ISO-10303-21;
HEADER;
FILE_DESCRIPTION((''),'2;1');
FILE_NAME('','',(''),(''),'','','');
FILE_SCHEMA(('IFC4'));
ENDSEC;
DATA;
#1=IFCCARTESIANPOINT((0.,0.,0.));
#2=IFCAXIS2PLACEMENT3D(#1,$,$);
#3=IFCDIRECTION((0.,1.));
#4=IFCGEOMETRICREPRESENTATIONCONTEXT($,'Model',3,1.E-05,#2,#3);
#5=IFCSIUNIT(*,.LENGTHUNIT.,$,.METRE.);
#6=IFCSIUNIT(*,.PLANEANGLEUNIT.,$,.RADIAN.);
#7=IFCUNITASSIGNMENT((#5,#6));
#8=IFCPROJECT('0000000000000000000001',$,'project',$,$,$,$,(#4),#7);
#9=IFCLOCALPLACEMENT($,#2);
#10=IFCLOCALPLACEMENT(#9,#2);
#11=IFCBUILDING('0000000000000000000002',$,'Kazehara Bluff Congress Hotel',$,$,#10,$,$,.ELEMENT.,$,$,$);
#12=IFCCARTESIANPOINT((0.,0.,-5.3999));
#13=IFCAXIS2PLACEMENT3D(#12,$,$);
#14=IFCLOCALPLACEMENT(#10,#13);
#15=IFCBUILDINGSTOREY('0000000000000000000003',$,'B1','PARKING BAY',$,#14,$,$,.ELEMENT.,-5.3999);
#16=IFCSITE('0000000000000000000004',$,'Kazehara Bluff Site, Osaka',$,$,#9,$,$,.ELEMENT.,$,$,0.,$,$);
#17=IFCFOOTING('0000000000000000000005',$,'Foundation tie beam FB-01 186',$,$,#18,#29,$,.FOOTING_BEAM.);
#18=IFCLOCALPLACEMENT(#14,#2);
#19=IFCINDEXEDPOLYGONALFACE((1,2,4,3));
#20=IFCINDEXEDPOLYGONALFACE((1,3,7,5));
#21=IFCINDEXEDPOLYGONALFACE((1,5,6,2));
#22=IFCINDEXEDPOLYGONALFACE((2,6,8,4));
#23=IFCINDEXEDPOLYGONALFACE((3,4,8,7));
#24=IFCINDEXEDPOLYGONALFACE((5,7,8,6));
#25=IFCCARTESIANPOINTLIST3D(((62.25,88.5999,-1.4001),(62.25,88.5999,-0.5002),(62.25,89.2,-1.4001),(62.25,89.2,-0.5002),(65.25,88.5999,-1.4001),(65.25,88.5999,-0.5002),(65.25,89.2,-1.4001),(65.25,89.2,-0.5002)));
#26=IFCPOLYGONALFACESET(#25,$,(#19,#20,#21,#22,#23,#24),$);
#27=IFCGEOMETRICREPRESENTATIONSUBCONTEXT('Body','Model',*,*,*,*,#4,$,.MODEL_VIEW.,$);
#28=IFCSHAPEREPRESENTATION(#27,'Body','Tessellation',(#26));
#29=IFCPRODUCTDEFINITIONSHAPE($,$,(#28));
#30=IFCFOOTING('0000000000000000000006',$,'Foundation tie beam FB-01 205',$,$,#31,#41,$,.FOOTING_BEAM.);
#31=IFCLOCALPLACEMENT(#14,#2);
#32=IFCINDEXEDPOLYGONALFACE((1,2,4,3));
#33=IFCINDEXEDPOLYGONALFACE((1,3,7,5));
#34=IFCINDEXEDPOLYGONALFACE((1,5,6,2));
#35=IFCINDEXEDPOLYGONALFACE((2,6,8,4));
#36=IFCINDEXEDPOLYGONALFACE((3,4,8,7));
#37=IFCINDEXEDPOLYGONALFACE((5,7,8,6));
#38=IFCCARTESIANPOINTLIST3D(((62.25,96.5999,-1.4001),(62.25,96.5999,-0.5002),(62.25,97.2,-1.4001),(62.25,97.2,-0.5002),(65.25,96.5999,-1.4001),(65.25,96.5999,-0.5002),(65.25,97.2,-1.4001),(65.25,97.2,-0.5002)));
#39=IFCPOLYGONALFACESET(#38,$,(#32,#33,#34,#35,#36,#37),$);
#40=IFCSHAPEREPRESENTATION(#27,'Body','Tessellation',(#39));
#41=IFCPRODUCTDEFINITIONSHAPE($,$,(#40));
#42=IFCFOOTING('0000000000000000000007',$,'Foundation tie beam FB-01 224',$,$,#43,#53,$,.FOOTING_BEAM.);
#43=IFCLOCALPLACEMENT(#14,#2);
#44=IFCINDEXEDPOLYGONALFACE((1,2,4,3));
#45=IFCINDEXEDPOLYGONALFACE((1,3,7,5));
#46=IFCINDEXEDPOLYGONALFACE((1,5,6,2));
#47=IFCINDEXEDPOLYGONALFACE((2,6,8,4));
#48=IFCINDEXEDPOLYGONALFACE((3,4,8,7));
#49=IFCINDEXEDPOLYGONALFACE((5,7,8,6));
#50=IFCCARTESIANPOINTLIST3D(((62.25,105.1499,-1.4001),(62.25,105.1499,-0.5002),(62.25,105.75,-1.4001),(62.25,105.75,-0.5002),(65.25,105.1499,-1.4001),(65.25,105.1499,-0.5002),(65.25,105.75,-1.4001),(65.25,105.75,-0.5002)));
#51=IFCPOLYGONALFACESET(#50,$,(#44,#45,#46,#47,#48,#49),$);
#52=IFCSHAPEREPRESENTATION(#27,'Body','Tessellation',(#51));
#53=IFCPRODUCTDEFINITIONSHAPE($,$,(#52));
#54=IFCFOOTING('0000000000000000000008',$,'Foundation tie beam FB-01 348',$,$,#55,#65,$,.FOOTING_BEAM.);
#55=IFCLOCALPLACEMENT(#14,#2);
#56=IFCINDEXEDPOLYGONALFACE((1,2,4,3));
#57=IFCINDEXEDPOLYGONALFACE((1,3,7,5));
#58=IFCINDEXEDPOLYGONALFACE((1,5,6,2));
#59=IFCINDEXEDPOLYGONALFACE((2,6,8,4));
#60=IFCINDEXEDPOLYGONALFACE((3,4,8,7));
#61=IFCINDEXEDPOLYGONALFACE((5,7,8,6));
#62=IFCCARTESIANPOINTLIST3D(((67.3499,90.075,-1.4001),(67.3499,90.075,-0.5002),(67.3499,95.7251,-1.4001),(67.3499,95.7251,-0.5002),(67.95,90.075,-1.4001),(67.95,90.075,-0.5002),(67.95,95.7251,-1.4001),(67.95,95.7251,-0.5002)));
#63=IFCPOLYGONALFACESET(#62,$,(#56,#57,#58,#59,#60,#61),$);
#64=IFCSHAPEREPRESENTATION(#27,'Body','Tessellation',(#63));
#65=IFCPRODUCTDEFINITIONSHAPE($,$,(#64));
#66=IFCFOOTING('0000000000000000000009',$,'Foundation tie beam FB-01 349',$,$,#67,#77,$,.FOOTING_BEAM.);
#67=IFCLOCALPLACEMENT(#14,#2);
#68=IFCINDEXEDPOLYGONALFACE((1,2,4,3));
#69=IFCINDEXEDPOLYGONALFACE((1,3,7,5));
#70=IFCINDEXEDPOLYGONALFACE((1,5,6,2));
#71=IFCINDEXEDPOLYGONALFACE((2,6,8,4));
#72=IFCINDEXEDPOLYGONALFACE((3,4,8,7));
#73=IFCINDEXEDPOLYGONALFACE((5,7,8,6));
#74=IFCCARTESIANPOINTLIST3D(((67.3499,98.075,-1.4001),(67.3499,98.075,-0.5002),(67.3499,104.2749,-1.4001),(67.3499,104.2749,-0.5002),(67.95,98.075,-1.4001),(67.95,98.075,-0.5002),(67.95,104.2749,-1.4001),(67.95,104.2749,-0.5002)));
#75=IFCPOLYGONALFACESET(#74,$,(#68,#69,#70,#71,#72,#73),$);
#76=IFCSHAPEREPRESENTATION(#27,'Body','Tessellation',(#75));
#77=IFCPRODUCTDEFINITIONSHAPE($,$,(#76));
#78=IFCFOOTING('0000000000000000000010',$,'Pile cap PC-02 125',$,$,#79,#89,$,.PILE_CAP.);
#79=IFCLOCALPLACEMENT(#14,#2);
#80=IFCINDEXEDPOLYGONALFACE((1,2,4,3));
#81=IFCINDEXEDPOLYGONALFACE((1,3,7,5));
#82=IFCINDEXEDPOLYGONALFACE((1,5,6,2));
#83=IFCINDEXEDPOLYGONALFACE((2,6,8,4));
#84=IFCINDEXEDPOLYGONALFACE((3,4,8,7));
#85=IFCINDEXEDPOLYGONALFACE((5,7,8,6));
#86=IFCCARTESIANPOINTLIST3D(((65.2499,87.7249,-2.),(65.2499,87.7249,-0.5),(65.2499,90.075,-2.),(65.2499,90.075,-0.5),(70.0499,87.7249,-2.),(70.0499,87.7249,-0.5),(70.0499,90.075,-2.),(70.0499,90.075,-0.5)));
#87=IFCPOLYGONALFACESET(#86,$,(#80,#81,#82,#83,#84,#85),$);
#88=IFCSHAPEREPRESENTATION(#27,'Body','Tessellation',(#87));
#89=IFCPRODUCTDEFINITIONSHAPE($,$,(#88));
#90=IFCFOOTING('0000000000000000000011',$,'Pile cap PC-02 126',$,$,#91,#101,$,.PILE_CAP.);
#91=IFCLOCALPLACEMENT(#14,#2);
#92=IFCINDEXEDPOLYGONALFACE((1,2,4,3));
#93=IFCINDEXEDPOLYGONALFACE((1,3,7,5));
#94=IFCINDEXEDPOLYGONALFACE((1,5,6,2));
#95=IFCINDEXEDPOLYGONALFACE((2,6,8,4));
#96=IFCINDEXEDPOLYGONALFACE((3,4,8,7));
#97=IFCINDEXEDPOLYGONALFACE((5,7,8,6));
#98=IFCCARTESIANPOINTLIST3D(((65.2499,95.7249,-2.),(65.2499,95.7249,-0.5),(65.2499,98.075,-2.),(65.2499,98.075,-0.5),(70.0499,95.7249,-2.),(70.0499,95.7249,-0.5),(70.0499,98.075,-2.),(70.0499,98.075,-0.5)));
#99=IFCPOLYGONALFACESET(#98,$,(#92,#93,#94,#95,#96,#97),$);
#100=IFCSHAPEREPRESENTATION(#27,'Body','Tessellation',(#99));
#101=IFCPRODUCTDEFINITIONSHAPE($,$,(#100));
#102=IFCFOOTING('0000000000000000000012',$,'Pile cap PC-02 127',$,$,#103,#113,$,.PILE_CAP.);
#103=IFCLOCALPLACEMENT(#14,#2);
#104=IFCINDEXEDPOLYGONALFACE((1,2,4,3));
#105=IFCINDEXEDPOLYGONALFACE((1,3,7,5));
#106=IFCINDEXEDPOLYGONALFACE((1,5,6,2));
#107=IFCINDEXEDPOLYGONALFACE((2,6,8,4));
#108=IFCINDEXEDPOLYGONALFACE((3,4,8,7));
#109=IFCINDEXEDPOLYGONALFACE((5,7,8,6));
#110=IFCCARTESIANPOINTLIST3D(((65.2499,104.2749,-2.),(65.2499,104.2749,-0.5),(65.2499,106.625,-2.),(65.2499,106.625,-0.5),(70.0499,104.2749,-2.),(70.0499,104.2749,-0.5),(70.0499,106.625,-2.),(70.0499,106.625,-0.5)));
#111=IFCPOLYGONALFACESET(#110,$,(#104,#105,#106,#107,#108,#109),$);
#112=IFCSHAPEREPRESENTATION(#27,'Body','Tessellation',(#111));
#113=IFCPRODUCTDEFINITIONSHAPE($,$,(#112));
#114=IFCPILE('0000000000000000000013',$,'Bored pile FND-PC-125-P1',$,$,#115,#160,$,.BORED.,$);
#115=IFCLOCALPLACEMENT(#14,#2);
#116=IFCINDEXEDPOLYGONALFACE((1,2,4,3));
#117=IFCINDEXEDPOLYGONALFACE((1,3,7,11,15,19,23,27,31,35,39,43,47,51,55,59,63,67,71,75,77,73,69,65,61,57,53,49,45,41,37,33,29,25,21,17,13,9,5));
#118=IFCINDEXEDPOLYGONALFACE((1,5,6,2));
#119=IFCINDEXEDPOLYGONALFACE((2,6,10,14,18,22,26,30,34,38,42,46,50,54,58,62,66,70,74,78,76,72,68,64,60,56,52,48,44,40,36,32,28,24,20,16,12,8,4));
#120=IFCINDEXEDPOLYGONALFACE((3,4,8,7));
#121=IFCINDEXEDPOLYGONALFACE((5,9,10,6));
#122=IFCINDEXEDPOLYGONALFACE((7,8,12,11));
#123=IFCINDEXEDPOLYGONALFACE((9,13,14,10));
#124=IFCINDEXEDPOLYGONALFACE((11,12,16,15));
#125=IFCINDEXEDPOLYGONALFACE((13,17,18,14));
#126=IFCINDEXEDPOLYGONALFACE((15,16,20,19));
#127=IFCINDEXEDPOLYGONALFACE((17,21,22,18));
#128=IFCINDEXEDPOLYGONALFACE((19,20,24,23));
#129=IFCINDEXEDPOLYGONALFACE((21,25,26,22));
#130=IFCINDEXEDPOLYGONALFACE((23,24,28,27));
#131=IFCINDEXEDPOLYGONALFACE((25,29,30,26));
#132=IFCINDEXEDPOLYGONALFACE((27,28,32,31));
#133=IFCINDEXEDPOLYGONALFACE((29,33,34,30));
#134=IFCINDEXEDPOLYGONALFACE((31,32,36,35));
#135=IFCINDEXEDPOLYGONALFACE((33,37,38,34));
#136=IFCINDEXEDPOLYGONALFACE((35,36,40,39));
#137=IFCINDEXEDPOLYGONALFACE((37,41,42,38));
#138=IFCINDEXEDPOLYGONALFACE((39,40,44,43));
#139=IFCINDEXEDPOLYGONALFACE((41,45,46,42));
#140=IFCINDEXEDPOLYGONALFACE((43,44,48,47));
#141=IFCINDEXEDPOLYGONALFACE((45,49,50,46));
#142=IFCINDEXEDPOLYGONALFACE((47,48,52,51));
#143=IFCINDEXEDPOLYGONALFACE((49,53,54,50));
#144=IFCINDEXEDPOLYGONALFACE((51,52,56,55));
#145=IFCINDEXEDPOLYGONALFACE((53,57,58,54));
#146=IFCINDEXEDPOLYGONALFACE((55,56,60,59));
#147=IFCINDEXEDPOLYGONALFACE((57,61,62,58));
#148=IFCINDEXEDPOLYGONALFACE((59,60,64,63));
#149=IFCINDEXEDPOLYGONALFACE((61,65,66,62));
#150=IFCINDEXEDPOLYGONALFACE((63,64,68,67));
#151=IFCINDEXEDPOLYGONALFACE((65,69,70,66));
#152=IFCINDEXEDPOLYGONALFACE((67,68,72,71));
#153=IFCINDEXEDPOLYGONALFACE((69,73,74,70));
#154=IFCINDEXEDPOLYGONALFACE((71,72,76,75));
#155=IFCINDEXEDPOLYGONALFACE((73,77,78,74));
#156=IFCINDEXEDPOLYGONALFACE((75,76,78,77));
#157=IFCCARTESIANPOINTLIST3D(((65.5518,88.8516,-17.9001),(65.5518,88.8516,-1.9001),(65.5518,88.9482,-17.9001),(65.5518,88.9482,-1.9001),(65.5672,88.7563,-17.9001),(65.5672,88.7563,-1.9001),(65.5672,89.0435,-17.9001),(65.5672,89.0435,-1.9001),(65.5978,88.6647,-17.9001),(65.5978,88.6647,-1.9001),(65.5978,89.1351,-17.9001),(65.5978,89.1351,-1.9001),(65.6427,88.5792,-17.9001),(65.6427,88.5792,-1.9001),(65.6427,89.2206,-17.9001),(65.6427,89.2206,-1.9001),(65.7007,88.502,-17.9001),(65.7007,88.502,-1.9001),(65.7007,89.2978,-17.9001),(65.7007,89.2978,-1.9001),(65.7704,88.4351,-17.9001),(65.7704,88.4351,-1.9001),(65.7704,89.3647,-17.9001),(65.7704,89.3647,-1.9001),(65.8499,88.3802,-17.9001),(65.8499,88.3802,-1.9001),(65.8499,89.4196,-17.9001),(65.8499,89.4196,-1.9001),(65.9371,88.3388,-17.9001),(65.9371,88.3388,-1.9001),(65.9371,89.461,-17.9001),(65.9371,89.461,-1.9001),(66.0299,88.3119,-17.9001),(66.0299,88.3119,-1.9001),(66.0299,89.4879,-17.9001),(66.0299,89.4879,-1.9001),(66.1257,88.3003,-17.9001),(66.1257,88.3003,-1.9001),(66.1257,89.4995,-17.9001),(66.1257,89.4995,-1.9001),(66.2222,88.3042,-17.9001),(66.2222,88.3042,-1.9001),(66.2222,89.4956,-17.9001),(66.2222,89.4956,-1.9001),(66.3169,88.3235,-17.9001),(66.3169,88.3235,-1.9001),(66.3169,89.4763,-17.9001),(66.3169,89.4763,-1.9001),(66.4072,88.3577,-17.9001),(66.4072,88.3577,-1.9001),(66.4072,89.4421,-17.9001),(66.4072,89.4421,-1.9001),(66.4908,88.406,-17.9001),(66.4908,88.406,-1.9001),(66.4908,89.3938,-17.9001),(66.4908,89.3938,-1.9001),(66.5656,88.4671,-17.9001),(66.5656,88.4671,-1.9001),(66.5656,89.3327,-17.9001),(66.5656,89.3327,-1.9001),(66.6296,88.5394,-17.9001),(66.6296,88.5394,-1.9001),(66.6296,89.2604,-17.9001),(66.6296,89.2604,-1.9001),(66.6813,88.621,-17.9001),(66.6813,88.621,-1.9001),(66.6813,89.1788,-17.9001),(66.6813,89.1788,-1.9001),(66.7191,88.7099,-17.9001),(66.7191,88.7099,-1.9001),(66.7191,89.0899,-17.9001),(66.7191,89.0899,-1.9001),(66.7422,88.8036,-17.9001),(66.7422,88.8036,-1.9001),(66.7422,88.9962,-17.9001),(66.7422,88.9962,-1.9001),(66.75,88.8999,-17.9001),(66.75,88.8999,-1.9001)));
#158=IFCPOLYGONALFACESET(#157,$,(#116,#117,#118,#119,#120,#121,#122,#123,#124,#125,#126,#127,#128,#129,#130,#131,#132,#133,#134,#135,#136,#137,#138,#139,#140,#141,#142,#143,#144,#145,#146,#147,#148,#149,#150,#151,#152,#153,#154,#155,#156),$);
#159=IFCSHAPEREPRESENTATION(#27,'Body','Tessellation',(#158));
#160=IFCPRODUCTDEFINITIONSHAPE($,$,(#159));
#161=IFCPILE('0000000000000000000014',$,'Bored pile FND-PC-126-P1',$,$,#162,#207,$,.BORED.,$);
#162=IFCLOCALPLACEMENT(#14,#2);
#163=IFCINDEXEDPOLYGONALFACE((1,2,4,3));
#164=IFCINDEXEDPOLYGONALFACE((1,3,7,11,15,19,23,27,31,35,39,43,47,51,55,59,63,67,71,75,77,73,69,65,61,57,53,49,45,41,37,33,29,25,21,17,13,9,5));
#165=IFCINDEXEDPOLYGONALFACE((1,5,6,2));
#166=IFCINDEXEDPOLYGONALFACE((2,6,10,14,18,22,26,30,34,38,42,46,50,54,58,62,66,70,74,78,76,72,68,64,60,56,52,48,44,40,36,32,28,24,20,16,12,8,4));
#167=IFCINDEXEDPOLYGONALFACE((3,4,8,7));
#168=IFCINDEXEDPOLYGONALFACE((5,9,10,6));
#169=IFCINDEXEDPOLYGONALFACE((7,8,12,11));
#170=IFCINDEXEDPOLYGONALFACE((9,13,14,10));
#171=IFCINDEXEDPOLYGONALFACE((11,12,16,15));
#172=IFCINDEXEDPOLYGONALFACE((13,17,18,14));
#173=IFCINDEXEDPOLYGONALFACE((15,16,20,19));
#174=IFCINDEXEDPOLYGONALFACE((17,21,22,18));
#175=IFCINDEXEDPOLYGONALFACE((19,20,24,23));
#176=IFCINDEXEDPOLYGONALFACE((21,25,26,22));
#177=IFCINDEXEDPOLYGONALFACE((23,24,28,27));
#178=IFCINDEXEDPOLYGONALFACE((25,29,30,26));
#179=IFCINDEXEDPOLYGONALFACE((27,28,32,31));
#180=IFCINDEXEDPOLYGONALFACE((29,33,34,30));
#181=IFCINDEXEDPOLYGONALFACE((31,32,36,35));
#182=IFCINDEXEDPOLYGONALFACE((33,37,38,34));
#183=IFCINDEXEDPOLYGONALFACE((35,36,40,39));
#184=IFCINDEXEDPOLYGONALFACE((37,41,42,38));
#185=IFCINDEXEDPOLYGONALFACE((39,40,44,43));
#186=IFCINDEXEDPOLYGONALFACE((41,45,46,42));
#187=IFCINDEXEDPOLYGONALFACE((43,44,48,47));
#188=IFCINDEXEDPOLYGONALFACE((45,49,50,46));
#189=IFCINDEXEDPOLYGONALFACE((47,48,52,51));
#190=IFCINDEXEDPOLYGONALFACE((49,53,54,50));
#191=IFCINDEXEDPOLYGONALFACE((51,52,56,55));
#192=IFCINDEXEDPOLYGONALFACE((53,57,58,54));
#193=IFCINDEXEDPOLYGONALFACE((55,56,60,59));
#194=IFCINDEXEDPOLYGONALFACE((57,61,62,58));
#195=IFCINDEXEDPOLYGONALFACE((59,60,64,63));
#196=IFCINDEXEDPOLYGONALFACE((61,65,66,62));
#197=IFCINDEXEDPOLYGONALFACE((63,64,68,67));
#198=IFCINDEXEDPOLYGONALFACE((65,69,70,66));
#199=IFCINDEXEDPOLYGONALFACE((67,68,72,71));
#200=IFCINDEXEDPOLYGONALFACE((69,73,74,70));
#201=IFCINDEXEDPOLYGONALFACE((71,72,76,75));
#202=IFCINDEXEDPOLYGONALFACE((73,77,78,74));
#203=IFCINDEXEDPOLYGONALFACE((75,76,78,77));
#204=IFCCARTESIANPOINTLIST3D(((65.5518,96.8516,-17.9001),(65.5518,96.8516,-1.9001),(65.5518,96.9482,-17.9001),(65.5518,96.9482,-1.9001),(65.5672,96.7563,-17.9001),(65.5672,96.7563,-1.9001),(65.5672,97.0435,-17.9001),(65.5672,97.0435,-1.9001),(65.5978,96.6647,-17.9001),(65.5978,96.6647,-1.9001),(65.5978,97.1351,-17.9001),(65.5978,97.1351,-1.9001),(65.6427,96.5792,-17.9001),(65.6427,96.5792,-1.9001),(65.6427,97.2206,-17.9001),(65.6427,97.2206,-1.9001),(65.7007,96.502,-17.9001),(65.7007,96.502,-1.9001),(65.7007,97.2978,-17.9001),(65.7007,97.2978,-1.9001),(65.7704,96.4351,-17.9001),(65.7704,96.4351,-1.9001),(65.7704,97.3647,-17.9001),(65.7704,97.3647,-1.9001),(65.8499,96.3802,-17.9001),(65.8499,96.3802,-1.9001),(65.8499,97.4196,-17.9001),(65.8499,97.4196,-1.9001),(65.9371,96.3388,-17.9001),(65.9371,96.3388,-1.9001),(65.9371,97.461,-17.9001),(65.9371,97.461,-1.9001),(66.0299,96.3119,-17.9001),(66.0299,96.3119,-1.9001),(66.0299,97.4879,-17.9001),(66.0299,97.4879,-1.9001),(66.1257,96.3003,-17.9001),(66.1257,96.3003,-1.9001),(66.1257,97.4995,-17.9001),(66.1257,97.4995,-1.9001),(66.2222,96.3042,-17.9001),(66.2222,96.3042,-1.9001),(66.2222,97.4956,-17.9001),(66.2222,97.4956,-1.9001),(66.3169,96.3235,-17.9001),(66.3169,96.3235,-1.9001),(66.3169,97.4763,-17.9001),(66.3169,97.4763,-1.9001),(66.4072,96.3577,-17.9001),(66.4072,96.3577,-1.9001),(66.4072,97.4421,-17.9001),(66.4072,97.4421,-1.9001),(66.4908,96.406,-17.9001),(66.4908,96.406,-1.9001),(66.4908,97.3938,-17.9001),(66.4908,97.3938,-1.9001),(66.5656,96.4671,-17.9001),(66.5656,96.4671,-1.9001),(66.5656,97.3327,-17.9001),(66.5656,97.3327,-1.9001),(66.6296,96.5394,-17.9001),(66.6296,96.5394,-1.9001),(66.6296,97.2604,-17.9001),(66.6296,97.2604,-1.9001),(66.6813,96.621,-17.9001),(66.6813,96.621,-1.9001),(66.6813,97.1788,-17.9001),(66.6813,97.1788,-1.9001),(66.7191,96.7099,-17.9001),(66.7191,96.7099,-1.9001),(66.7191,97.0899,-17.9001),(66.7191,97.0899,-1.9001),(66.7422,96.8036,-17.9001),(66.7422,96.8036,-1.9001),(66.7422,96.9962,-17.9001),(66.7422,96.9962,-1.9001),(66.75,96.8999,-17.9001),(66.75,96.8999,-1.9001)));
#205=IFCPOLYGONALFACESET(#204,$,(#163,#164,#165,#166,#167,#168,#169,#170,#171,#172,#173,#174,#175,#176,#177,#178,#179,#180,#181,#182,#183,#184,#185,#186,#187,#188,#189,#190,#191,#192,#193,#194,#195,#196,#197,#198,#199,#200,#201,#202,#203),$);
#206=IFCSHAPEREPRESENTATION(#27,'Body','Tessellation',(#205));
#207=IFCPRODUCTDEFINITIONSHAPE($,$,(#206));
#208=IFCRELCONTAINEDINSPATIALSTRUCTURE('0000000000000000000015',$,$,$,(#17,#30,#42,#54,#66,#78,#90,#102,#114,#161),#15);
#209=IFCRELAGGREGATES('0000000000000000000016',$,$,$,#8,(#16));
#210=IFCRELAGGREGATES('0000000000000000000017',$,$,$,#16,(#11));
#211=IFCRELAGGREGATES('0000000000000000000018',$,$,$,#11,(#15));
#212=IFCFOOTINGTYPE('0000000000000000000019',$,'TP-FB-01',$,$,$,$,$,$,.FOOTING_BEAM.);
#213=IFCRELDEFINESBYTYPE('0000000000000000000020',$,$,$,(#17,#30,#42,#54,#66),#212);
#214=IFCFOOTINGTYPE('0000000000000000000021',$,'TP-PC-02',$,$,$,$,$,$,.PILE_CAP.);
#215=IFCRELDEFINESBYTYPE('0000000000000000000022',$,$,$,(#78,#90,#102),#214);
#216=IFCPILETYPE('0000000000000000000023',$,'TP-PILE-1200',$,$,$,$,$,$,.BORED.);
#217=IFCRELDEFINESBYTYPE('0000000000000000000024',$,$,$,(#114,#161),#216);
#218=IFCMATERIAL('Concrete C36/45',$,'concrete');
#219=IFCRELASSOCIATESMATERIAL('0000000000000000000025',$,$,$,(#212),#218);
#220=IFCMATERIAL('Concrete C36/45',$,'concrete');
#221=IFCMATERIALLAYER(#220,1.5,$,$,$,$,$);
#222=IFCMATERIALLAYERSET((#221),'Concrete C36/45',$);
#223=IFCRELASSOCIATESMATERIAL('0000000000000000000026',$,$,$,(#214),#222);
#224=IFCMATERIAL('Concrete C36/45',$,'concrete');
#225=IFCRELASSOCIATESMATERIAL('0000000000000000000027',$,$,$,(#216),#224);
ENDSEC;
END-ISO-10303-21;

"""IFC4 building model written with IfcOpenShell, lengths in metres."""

from ifc_helpers import new_model, si_unit, direction, frame, origin, origin_2d, place, context, subcontext, project, spatial, rectangle, circle, extrude, material, layer, layer_set, material_profile, profile_set, type_object, element, save


model = new_model("IFC4")

# Units and contexts
model_context = context("Model", 3, precision=1e-05, world=origin(), true_north=direction((0.0, 1.0)))
body_context = subcontext(model_context, "Body", "Model", "MODEL_VIEW")
ifc_project = project(units=[si_unit("LENGTHUNIT", "METRE"), si_unit("PLANEANGLEUNIT", "RADIAN")], contexts=[model_context])

# Site, building, storey
site_placement = place(None, origin())
site = spatial("IfcSite", under=ifc_project, at=site_placement, Name="Kazehara Bluff Site, Osaka", CompositionType="ELEMENT", RefElevation=0.0)
building_placement = place(site_placement, origin())
building = spatial("IfcBuilding", under=site, at=building_placement, Name="Kazehara Bluff Congress Hotel", CompositionType="ELEMENT")
storey_placement = place(building_placement, frame((0.0, 0.0, -5.3999)))
storey = spatial("IfcBuildingStorey", under=building, at=storey_placement, Name="B1", Description="PARKING BAY", CompositionType="ELEMENT", Elevation=-5.3999)

# Footings
ifc_material_1 = material(Name="Concrete C36/45", Category="concrete")
ifc_material_profile_1 = material_profile(ifc_material_1, rectangle(XDim=0.6001, YDim=0.8999, at=origin_2d()))
ifc_profile_set_1 = profile_set([ifc_material_profile_1], Name="Concrete C36/45")
footing_type_1 = type_object("IfcFootingType", Name="TP-FB-01", PredefinedType="FOOTING_BEAM", material=ifc_profile_set_1)
for number, where, z_axis, x_axis, name in (
    (1, (62.25, 88.8999, -0.9502), (1.0, 0.0, 0.0), (0.0, 1.0, 0.0), "Foundation tie beam FB-01 186"),
    (2, (62.25, 96.8999, -0.9502), (1.0, 0.0, 0.0), (0.0, 1.0, 0.0), "Foundation tie beam FB-01 205"),
    (3, (62.25, 105.45, -0.9502), (1.0, 0.0, 0.0), (0.0, 1.0, 0.0), "Foundation tie beam FB-01 224"),
):
    element("IfcFooting", number, at=place(storey_placement, frame(where, z_axis=z_axis, x_axis=x_axis)), inside=storey, type_object=footing_type_1, Name=name, PredefinedType="FOOTING_BEAM", context=body_context, shape_type="SweptSolid", body=[
        extrude(rectangle(XDim=0.6001, YDim=0.8999, at=origin_2d()), origin(), (0.0, 0.0, 1.0), 3.0),
    ])
footing_1_placement = place(storey_placement, frame((67.6499, 90.075, -0.9502), z_axis=(0.0, 1.0, 0.0), x_axis=(-1.0, 0.0, 0.0)))
element("IfcFooting", 4, at=footing_1_placement, inside=storey, type_object=footing_type_1, Name="Foundation tie beam FB-01 348", PredefinedType="FOOTING_BEAM", context=body_context, shape_type="SweptSolid", body=[
    extrude(rectangle(XDim=0.6001, YDim=0.8999, at=origin_2d()), origin(), (0.0, 0.0, 1.0), 5.6501),
])
footing_2_placement = place(storey_placement, frame((67.6499, 98.075, -0.9502), z_axis=(0.0, 1.0, 0.0), x_axis=(-1.0, 0.0, 0.0)))
element("IfcFooting", 5, at=footing_2_placement, inside=storey, type_object=footing_type_1, Name="Foundation tie beam FB-01 349", PredefinedType="FOOTING_BEAM", context=body_context, shape_type="SweptSolid", body=[
    extrude(rectangle(XDim=0.6001, YDim=0.8999, at=origin_2d()), origin(), (0.0, 0.0, 1.0), 6.2),
])
ifc_material_2 = material(Name="Concrete C36/45", Category="concrete")
ifc_layer = layer(ifc_material_2, 1.5)
ifc_layer_set = layer_set([ifc_layer], Name="Concrete C36/45")
footing_type_2 = type_object("IfcFootingType", Name="TP-PC-02", PredefinedType="PILE_CAP", material=ifc_layer_set)
for number, where, z_axis, x_axis, name in (
    (6, (67.6499, 88.8999, -2.0), (0.0, 0.0, 1.0), (1.0, 0.0, 0.0), "Pile cap PC-02 125"),
    (7, (67.6499, 96.8999, -2.0), (0.0, 0.0, 1.0), (1.0, 0.0, 0.0), "Pile cap PC-02 126"),
    (8, (67.6499, 105.45, -2.0), (0.0, 0.0, 1.0), (1.0, 0.0, 0.0), "Pile cap PC-02 127"),
):
    element("IfcFooting", number, at=place(storey_placement, frame(where, z_axis=z_axis, x_axis=x_axis)), inside=storey, type_object=footing_type_2, Name=name, PredefinedType="PILE_CAP", context=body_context, shape_type="SweptSolid", body=[
        extrude(rectangle(XDim=4.8, YDim=2.3501, at=origin_2d()), origin(), (0.0, 0.0, 1.0), 1.5),
    ])

# Piles
ifc_material_3 = material(Name="Concrete C36/45", Category="concrete")
ifc_material_profile_2 = material_profile(ifc_material_3, circle(Radius=0.6001, at=origin_2d()))
ifc_profile_set_2 = profile_set([ifc_material_profile_2], Name="Concrete C36/45")
pile_type_1 = type_object("IfcPileType", Name="TP-PILE-1200", PredefinedType="BORED", material=ifc_profile_set_2)
for number, where, z_axis, x_axis, name in (
    (9, (66.1499, 88.8999, -1.9001), (0.0, 0.0, -1.0), (1.0, 0.0, 0.0), "Bored pile FND-PC-125-P1"),
    (10, (66.1499, 96.8999, -1.9001), (0.0, 0.0, -1.0), (1.0, 0.0, 0.0), "Bored pile FND-PC-126-P1"),
):
    element("IfcPile", number, at=place(storey_placement, frame(where, z_axis=z_axis, x_axis=x_axis)), inside=storey, type_object=pile_type_1, Name=name, PredefinedType="BORED", context=body_context, shape_type="SweptSolid", body=[
        extrude(circle(Radius=0.6001, at=origin_2d()), origin(), (0.0, 0.0, 1.0), 16.0),
    ])

save(model, "model.ifc")
